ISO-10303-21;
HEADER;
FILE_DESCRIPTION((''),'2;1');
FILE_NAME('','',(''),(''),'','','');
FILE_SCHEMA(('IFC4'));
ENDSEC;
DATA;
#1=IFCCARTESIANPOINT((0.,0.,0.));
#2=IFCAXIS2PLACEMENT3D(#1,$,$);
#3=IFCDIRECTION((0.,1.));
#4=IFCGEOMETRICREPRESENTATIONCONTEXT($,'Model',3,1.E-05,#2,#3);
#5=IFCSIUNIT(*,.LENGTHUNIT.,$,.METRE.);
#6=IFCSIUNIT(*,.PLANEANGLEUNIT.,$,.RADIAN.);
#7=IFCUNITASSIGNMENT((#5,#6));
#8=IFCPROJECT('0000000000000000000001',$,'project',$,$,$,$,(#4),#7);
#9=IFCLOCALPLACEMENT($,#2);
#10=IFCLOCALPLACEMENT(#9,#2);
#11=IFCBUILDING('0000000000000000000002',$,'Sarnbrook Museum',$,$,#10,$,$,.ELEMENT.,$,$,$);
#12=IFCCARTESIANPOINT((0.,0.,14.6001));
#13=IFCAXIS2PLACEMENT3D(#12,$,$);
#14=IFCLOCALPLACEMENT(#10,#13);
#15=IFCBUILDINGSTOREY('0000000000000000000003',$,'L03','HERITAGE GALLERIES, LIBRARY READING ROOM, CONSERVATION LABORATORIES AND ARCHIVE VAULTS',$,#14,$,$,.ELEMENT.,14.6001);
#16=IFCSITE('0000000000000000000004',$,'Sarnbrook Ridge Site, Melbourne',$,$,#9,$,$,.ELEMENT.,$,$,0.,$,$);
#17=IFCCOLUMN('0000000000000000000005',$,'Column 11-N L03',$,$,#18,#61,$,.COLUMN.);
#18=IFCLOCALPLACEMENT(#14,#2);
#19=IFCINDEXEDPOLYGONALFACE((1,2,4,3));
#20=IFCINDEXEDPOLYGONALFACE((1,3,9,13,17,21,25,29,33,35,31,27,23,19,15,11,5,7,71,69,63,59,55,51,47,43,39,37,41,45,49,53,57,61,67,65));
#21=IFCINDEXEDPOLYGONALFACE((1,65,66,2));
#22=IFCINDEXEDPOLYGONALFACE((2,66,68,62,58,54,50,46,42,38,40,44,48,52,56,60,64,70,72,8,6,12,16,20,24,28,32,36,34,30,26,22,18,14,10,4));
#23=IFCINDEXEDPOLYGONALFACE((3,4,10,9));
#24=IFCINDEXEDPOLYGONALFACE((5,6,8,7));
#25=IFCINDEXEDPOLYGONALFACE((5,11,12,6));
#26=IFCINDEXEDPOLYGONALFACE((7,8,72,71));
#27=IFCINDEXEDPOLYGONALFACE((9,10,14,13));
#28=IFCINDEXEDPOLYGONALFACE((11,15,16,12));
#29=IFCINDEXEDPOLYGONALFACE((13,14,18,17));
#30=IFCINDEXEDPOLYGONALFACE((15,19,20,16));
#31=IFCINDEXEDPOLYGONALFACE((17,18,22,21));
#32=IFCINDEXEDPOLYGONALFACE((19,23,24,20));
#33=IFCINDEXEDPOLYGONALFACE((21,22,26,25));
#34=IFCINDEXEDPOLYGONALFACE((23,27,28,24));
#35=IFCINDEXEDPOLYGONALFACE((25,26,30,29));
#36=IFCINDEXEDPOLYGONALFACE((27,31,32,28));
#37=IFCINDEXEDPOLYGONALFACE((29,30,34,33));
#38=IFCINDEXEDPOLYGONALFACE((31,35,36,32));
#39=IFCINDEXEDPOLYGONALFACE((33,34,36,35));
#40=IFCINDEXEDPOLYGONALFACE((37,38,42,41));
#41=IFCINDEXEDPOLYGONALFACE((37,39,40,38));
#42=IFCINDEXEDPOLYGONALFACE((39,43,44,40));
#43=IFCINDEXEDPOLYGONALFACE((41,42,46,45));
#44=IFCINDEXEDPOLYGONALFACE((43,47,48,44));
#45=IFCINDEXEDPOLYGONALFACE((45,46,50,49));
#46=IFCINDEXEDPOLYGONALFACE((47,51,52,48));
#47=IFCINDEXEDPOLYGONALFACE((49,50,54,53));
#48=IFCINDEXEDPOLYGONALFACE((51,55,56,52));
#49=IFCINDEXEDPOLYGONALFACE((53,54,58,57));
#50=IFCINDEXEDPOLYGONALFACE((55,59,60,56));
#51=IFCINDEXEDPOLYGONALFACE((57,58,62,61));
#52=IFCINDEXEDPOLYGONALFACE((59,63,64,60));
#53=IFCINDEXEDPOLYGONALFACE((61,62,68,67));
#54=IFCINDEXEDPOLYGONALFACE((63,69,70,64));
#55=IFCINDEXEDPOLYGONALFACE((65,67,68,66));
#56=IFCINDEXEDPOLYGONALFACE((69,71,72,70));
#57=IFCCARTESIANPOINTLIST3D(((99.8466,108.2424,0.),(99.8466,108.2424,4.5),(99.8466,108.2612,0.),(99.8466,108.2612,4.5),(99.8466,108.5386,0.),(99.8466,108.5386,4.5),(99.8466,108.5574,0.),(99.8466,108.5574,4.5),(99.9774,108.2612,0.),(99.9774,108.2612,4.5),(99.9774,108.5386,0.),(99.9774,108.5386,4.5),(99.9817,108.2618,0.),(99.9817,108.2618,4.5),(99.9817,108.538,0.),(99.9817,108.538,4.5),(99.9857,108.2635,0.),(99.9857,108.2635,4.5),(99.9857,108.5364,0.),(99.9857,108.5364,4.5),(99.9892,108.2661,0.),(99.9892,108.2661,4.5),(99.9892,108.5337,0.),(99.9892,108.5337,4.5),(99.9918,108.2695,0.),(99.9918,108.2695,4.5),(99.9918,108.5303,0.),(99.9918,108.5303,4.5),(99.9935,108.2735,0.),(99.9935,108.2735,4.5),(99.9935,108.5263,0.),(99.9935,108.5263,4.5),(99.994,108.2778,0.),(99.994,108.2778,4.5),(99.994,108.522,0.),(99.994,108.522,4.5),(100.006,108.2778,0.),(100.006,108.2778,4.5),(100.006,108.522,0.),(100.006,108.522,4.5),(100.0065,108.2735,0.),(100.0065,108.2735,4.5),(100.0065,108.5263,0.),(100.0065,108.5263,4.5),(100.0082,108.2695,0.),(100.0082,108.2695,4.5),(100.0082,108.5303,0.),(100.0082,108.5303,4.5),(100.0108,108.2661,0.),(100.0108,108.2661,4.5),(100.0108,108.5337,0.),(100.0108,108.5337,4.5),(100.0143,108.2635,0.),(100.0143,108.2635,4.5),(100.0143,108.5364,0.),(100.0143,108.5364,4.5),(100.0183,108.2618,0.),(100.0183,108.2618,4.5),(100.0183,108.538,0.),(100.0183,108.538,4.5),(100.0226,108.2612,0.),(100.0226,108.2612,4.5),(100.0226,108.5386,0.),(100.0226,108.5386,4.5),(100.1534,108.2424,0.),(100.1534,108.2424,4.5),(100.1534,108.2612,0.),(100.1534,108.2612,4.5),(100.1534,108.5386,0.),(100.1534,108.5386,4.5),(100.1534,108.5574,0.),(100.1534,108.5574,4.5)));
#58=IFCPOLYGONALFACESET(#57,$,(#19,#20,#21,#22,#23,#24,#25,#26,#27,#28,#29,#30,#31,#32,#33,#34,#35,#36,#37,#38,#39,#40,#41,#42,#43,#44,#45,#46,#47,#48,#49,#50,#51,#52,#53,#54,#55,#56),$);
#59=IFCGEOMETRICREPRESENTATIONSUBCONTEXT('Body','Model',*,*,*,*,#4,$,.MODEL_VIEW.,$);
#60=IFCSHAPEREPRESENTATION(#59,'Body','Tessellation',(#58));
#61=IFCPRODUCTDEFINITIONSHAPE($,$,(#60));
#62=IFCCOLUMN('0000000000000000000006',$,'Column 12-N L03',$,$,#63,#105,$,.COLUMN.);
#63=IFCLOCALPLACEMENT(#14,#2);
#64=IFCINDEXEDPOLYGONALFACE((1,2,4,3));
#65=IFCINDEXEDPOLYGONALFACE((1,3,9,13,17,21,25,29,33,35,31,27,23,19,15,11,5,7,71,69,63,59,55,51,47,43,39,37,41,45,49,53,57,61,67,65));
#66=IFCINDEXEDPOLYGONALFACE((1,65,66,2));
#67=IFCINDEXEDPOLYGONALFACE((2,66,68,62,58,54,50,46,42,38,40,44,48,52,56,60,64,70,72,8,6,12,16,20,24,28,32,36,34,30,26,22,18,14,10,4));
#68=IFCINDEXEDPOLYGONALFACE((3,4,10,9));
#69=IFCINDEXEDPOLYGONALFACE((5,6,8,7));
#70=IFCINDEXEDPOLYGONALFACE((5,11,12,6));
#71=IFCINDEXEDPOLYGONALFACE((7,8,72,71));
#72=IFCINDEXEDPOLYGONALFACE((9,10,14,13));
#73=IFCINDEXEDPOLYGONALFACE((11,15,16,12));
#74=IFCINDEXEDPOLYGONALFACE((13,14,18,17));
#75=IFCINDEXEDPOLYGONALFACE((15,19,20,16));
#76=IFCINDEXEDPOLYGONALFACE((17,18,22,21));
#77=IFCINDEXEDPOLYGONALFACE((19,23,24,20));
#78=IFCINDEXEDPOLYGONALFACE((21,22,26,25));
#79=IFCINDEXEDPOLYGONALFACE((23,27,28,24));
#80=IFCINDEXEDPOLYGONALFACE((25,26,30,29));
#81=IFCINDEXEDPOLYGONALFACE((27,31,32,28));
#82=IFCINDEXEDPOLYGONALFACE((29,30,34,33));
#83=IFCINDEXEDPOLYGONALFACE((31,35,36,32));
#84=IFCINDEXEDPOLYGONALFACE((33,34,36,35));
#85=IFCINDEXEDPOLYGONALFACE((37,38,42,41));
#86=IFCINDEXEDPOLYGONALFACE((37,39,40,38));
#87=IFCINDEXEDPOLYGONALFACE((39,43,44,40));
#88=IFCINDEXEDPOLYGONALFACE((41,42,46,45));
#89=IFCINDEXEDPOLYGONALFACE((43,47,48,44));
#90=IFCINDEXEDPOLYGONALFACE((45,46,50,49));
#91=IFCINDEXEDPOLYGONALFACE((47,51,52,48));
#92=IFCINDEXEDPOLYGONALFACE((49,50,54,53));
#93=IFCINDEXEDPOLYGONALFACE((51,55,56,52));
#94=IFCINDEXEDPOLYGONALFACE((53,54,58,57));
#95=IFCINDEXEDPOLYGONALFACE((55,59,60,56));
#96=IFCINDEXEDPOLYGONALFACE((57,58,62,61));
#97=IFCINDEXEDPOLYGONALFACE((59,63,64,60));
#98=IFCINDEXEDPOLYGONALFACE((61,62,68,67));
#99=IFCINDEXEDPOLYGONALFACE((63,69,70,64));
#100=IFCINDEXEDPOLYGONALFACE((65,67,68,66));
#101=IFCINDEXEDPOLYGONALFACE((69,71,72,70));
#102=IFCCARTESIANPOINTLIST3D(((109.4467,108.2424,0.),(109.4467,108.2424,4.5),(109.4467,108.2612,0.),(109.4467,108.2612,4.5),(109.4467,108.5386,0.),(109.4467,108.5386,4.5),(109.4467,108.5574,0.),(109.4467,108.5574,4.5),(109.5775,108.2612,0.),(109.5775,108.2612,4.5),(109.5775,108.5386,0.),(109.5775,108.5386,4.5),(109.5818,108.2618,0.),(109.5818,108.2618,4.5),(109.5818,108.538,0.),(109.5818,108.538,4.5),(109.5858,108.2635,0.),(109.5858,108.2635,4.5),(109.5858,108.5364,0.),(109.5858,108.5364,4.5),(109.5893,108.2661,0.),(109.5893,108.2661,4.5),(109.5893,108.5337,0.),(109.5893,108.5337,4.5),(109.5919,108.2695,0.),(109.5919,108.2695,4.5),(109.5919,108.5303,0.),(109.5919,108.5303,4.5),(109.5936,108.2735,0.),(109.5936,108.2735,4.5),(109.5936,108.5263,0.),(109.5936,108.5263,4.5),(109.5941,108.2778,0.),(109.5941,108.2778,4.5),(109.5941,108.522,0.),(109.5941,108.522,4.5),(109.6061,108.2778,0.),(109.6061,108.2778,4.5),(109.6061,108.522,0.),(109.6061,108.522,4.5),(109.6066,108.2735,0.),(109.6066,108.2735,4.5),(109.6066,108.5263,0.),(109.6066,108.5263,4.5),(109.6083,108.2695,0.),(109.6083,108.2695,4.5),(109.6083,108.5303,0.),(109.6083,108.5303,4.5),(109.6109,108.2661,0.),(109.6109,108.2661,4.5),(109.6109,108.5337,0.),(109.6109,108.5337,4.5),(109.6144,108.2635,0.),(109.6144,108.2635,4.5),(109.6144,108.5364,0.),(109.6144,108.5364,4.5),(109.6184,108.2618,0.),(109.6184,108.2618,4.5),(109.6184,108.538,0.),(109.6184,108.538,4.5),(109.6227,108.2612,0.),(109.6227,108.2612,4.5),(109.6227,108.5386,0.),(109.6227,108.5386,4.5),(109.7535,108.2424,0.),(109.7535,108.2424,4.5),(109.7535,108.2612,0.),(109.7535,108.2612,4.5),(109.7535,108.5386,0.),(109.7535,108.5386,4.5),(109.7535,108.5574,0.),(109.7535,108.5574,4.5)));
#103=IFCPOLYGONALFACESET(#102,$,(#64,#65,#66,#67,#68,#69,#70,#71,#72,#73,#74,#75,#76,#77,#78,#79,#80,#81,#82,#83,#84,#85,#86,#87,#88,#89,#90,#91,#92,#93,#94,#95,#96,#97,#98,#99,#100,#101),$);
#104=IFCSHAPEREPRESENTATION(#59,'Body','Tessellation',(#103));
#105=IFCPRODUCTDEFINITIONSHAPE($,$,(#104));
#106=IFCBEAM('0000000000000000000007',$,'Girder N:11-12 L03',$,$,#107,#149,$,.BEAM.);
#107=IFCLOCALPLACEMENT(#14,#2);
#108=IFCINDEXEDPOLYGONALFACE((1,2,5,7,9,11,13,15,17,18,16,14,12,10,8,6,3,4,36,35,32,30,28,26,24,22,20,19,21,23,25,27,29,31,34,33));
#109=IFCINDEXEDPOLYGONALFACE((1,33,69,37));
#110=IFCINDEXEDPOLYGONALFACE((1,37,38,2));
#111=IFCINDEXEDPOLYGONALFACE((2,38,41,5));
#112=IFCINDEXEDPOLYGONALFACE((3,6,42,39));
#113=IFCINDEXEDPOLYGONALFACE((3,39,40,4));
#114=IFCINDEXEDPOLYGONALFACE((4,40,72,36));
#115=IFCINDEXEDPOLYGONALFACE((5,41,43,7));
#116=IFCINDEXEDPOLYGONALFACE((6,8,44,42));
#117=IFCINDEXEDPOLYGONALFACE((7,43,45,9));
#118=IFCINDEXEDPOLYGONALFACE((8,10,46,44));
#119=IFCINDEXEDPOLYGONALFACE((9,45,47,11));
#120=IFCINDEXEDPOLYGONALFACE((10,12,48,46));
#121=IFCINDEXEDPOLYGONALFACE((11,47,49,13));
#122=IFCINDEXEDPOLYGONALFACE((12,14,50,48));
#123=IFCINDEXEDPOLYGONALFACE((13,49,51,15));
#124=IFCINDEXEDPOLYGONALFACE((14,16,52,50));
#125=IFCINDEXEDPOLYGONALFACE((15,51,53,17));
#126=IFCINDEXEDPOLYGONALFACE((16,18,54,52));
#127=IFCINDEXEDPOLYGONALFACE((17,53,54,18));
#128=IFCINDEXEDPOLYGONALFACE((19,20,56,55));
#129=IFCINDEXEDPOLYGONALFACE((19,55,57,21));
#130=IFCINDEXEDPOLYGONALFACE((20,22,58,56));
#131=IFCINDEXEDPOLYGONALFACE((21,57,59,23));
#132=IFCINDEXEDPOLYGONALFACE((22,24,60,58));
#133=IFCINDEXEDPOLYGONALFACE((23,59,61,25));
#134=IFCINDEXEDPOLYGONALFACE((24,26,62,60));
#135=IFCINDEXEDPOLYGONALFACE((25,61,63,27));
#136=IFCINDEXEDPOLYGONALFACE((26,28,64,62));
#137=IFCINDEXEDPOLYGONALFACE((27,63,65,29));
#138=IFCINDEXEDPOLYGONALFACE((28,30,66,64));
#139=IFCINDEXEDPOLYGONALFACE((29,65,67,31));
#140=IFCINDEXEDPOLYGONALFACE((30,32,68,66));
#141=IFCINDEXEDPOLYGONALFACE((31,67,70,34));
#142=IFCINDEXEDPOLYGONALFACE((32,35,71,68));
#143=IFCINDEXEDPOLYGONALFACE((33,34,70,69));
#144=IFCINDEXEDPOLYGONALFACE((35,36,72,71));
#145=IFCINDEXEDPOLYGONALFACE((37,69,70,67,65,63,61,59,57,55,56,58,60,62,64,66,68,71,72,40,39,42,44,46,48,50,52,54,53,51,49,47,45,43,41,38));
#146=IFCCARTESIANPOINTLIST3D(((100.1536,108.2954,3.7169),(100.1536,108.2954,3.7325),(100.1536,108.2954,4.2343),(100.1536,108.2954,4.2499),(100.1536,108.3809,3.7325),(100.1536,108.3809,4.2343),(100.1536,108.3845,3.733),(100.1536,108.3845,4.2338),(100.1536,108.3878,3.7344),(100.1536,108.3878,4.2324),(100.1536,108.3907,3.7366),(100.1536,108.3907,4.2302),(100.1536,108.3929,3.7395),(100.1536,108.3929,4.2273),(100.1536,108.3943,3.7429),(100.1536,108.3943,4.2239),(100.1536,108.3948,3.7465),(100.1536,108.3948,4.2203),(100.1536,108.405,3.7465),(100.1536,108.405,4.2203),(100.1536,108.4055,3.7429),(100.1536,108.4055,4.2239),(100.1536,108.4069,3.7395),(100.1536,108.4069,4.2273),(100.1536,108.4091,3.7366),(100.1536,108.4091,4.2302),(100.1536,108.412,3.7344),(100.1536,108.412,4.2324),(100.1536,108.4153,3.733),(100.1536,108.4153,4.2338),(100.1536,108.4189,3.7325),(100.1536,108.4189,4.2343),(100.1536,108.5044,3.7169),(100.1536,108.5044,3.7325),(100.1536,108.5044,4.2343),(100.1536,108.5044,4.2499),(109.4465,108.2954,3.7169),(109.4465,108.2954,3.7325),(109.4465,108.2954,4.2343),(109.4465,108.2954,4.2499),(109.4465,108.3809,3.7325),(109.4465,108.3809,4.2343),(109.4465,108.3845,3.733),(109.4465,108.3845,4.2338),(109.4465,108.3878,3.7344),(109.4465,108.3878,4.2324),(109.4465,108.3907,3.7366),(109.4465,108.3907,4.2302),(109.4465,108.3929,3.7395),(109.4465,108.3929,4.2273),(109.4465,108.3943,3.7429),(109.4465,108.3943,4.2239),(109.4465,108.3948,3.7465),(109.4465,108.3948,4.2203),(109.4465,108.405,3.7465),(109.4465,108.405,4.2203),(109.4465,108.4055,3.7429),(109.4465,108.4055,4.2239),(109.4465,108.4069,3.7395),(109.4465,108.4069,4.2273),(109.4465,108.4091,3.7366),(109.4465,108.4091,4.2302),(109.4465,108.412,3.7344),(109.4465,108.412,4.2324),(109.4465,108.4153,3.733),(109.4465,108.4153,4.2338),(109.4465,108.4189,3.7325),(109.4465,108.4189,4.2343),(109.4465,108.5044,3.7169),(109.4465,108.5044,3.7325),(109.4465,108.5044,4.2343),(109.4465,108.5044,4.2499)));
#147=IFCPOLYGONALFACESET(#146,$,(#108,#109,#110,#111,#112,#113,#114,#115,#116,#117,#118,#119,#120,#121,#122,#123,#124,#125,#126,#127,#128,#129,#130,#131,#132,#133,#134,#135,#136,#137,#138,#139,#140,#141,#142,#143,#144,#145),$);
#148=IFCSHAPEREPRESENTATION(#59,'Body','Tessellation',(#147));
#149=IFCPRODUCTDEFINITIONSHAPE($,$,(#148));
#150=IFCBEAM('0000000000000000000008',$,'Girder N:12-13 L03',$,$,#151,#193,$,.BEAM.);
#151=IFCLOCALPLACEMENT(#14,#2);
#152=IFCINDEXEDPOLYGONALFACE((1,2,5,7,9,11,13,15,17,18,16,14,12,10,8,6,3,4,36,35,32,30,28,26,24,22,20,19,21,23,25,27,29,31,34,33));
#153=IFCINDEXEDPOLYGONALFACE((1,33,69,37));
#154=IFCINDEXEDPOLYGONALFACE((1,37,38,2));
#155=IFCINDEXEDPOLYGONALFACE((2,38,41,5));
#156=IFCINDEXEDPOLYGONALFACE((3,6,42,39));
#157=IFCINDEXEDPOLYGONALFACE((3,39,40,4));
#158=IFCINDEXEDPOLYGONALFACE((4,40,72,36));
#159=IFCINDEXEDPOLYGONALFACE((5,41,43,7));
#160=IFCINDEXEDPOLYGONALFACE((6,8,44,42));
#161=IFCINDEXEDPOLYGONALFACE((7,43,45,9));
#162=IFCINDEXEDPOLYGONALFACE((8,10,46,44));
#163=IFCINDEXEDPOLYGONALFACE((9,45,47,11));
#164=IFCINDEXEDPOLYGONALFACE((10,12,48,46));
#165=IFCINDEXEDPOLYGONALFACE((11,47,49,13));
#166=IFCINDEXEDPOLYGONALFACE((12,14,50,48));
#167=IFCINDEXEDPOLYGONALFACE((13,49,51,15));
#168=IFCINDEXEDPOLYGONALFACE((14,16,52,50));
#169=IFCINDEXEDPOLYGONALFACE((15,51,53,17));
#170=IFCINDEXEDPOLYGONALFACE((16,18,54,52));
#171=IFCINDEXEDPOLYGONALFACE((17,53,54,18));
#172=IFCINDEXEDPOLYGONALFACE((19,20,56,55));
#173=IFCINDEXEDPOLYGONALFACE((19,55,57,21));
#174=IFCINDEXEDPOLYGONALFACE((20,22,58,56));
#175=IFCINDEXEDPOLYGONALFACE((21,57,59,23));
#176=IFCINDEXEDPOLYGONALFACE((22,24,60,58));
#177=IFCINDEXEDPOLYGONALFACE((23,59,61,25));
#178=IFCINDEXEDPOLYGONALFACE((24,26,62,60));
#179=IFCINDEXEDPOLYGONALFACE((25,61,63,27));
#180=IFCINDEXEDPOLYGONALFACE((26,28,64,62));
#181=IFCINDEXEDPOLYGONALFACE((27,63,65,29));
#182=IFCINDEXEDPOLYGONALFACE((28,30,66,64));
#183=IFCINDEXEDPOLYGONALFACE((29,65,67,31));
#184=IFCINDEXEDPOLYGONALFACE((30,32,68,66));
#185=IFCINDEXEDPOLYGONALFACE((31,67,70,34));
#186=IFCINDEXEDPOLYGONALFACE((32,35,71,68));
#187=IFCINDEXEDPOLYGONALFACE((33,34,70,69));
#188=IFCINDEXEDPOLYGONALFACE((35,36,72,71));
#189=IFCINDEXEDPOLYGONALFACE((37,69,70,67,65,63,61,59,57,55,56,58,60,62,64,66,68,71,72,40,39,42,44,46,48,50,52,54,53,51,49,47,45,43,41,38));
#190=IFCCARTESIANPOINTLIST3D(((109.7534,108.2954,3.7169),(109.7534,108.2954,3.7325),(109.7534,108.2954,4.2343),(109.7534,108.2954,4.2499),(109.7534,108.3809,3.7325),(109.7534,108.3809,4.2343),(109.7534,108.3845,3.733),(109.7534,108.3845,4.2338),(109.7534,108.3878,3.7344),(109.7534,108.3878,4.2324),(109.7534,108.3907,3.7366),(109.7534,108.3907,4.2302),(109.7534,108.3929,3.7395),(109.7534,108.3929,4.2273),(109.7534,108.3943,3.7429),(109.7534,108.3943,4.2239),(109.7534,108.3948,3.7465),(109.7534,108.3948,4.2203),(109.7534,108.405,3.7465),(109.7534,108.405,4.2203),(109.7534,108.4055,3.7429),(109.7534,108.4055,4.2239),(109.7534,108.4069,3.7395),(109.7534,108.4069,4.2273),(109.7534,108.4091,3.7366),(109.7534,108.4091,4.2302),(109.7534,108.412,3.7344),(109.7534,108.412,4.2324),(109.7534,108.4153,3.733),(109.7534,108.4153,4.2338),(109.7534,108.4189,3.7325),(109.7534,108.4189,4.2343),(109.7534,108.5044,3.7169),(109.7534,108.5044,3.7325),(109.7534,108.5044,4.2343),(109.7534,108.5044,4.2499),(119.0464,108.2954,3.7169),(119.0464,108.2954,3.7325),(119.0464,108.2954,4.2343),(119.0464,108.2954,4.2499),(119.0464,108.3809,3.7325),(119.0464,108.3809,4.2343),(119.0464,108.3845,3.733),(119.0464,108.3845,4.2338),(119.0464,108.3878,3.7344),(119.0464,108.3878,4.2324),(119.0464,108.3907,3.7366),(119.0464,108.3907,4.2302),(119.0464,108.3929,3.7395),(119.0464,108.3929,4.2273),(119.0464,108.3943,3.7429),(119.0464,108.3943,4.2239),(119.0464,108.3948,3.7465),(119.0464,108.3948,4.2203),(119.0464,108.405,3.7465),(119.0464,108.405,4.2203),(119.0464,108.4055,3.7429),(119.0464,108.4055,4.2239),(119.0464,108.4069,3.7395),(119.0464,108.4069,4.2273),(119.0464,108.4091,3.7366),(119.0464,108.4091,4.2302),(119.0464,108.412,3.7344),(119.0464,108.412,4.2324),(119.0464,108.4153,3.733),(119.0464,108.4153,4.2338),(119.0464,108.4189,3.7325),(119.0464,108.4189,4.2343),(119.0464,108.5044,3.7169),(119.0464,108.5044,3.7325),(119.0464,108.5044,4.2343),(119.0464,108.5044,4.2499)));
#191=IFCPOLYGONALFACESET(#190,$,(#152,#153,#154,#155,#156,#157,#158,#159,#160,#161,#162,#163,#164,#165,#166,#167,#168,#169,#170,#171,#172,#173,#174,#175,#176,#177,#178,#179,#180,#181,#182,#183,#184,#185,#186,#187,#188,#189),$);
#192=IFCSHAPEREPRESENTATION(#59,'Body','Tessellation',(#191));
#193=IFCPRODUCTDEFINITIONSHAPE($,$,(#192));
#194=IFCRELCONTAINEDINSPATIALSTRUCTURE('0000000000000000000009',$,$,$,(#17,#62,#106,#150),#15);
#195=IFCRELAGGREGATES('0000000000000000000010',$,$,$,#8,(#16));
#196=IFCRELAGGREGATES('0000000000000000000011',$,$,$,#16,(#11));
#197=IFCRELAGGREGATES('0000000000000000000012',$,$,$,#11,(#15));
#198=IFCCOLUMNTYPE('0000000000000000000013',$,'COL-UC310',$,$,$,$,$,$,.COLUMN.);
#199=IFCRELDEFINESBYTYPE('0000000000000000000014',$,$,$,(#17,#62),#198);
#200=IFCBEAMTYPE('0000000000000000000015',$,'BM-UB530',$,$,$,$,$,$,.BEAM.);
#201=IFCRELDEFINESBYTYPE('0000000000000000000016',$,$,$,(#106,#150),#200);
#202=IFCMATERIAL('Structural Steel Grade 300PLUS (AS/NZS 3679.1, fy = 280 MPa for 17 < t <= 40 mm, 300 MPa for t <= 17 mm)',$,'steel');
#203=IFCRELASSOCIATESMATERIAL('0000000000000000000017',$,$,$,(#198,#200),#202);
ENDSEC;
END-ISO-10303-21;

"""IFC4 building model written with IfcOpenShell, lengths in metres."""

from ifc_helpers import new_model, si_unit, direction, frame, origin, origin_2d, place, context, subcontext, project, spatial, i_section, extrude, material, material_profile, profile_set, type_object, element, save


model = new_model("IFC4")

# Units and contexts
model_context = context("Model", 3, precision=1e-05, world=origin(), true_north=direction((0.0, 1.0)))
body_context = subcontext(model_context, "Body", "Model", "MODEL_VIEW")
ifc_project = project(units=[si_unit("LENGTHUNIT", "METRE"), si_unit("PLANEANGLEUNIT", "RADIAN")], contexts=[model_context])

# Site, building, storey
site_placement = place(None, origin())
site = spatial("IfcSite", under=ifc_project, at=site_placement, Name="Sarnbrook Ridge Site, Melbourne", CompositionType="ELEMENT", RefElevation=0.0)
building_placement = place(site_placement, origin())
building = spatial("IfcBuilding", under=site, at=building_placement, Name="Sarnbrook Museum", CompositionType="ELEMENT")
storey_placement = place(building_placement, frame((0.0, 0.0, 14.6001)))
storey = spatial("IfcBuildingStorey", under=building, at=storey_placement, Name="L03", Description="HERITAGE GALLERIES, LIBRARY READING ROOM, CONSERVATION LABORATORIES AND ARCHIVE VAULTS", CompositionType="ELEMENT", Elevation=14.6001)

# Columns
ifc_material_1 = material(Name="Structural Steel Grade 300PLUS (AS/NZS 3679.1, fy = 280 MPa for 17 < t <= 40 mm, 300 MPa for t <= 17 mm)", Category="steel")
ifc_material_profile_1 = material_profile(ifc_material_1, i_section(OverallWidth=0.3069, OverallDepth=0.3149, WebThickness=0.012, FlangeThickness=0.0188, FilletRadius=0.0166, at=origin_2d()), Name="310UC118")
ifc_profile_set_1 = profile_set([ifc_material_profile_1], Name="Structural Steel Grade 300PLUS (AS/NZS 3679.1, fy = 280 MPa for 17 < t <= 40 mm, 300 MPa for t <= 17 mm)")
column_type = type_object("IfcColumnType", Name="COL-UC310", PredefinedType="COLUMN", material=ifc_profile_set_1)
for number, where, z_axis, x_axis, name in (
    (1, (100.0, 108.3999, 0.0), (0.0, 0.0, 1.0), (1.0, 0.0, 0.0), "Column 11-N L03"),
    (2, (109.6001, 108.3999, 0.0), (0.0, 0.0, 1.0), (1.0, 0.0, 0.0), "Column 12-N L03"),
):
    element("IfcColumn", number, at=place(storey_placement, frame(where, z_axis=z_axis, x_axis=x_axis)), inside=storey, type_object=column_type, Name=name, PredefinedType="COLUMN", context=body_context, shape_type="SweptSolid", body=[
        extrude(i_section(OverallWidth=0.3069, OverallDepth=0.3149, WebThickness=0.012, FlangeThickness=0.0188, FilletRadius=0.0166, at=origin_2d()), origin(), (0.0, 0.0, 1.0), 4.5),
    ])

# Beams
ifc_material_profile_2 = material_profile(ifc_material_1, i_section(OverallWidth=0.209, OverallDepth=0.533, WebThickness=0.0103, FlangeThickness=0.0156, FilletRadius=0.0139, at=origin_2d()), Name="530UB92.4")
ifc_profile_set_2 = profile_set([ifc_material_profile_2], Name="Structural Steel Grade 300PLUS (AS/NZS 3679.1, fy = 280 MPa for 17 < t <= 40 mm, 300 MPa for t <= 17 mm)")
beam_type = type_object("IfcBeamType", Name="BM-UB530", PredefinedType="BEAM", material=ifc_profile_set_2)
for number, where, z_axis, x_axis, name in (
    (3, (100.1536, 108.3999, 3.9834), (1.0, 0.0, 0.0), (0.0, 1.0, 0.0), "Girder N:11-12 L03"),
    (4, (109.7534, 108.3999, 3.9834), (1.0, 0.0, 0.0), (0.0, 1.0, 0.0), "Girder N:12-13 L03"),
):
    element("IfcBeam", number, at=place(storey_placement, frame(where, z_axis=z_axis, x_axis=x_axis)), inside=storey, type_object=beam_type, Name=name, PredefinedType="BEAM", context=body_context, shape_type="SweptSolid", body=[
        extrude(i_section(OverallWidth=0.209, OverallDepth=0.533, WebThickness=0.0103, FlangeThickness=0.0156, FilletRadius=0.0139, at=origin_2d()), origin(), (0.0, 0.0, 1.0), 9.293),
    ])

save(model, "model.ifc")
